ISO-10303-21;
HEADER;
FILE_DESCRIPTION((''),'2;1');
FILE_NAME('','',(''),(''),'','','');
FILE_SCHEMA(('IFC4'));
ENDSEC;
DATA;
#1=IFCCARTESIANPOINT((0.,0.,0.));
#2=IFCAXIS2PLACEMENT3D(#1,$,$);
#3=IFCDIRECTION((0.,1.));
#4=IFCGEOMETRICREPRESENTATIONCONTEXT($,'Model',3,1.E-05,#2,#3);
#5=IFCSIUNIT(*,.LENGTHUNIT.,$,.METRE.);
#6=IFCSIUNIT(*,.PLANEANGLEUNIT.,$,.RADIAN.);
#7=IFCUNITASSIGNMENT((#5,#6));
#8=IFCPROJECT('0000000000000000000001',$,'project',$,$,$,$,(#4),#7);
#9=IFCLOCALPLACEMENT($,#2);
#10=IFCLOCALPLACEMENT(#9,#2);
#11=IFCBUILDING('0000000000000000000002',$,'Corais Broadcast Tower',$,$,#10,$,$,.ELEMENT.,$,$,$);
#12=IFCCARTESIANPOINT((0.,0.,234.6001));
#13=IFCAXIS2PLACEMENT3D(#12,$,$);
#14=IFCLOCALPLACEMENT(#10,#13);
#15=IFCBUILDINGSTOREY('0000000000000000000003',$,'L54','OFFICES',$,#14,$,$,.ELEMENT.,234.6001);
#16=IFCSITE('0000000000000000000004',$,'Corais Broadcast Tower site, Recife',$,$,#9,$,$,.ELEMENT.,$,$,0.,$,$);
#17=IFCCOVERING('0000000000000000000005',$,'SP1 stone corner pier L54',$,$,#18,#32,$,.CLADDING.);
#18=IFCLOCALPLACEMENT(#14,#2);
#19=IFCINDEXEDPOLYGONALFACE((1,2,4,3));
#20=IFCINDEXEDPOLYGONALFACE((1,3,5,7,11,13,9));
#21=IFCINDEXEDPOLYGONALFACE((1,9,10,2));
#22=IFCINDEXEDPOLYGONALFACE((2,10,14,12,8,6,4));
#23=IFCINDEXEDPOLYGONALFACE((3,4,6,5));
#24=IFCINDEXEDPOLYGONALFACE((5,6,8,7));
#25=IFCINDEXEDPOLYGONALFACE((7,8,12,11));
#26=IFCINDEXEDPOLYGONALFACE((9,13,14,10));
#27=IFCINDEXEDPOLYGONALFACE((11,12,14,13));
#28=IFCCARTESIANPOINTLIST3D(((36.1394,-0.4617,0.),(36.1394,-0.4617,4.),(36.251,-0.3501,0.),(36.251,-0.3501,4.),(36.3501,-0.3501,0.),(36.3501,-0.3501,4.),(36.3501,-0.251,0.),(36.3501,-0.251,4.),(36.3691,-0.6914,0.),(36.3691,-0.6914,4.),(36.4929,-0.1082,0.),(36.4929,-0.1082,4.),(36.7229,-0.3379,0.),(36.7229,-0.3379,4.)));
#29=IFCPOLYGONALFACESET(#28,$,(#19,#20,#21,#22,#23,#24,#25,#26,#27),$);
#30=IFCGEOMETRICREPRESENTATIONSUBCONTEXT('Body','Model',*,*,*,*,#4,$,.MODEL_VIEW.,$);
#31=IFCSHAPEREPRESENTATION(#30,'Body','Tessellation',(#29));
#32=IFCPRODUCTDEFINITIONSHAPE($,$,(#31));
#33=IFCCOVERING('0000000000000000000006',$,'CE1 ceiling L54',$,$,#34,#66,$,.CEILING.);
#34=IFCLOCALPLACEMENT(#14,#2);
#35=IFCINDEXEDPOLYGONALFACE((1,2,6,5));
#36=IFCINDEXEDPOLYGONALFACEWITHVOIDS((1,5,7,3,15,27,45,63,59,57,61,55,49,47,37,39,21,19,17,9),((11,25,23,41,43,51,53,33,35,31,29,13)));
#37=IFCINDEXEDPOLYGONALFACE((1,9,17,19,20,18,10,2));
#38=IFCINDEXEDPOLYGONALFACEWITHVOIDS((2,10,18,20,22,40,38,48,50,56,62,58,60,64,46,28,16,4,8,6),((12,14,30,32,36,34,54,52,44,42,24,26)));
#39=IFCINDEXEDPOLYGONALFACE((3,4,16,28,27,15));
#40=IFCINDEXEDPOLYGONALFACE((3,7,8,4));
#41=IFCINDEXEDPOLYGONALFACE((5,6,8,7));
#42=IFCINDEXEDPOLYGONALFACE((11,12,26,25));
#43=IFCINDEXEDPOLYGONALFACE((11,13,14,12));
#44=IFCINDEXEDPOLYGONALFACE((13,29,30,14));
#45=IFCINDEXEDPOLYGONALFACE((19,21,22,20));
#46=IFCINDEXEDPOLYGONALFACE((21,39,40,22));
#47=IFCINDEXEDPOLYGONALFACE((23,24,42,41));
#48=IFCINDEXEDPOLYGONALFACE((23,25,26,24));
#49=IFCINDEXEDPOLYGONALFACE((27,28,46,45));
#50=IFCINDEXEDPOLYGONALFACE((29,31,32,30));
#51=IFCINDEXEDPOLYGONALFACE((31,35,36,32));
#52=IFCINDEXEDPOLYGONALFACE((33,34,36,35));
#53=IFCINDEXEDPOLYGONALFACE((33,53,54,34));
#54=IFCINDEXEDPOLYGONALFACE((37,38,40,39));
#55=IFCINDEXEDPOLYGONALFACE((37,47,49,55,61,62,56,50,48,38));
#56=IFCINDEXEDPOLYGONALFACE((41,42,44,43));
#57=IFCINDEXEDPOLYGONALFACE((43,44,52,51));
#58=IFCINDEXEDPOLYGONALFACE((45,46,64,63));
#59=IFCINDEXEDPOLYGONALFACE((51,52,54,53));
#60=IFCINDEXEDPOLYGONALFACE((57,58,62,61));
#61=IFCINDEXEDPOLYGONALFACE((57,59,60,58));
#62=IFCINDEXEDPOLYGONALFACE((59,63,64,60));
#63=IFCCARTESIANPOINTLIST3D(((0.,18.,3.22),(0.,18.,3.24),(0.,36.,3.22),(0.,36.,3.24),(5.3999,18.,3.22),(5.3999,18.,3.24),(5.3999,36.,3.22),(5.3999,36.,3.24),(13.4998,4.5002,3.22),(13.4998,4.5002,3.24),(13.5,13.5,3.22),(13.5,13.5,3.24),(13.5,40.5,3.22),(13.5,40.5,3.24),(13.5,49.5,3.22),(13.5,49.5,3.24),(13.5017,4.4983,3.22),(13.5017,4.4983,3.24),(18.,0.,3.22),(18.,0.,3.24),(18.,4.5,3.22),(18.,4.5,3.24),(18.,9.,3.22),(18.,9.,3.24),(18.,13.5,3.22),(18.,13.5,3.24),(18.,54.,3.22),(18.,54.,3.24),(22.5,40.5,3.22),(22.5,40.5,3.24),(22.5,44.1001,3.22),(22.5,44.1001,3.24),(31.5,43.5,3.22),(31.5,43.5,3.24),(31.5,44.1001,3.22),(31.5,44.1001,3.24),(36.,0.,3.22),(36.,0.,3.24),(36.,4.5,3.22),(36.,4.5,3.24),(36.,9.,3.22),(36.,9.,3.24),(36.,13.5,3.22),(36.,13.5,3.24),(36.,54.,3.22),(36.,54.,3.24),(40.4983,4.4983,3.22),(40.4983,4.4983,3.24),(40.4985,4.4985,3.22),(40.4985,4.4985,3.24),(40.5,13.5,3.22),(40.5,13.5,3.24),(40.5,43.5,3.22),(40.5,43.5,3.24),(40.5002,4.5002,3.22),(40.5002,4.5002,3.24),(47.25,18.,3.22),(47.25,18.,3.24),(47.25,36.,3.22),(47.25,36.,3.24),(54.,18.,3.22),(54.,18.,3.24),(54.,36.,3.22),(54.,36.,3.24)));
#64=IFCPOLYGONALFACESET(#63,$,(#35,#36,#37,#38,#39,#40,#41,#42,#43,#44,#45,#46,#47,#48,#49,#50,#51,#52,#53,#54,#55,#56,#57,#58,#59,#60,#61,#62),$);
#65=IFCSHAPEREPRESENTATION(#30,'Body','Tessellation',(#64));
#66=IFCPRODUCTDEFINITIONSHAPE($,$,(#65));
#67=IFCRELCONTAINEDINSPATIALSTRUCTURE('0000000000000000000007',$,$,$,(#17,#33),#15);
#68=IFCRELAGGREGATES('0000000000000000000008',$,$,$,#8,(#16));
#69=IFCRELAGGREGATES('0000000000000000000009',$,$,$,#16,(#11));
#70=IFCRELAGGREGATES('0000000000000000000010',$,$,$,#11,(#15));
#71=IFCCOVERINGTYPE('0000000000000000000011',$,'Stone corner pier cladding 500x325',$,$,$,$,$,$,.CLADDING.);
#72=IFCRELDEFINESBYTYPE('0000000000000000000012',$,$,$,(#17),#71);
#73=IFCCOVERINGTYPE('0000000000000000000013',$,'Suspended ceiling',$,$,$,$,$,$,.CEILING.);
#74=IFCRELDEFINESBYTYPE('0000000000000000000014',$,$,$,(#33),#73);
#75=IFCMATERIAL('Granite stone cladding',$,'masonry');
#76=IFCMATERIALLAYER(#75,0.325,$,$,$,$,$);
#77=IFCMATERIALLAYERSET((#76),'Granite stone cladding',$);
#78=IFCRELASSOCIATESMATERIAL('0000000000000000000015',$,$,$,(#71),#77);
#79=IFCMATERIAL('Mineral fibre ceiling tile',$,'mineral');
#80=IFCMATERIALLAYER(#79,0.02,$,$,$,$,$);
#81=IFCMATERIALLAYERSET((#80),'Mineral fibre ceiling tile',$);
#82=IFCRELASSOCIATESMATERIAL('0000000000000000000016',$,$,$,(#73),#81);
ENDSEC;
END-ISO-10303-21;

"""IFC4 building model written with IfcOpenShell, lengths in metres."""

from ifc_helpers import new_model, si_unit, direction, frame, origin, place, context, subcontext, project, spatial, polyline, outline, extrude, material, layer, layer_set, type_object, element, save


model = new_model("IFC4")

# Units and contexts
model_context = context("Model", 3, precision=1e-05, world=origin(), true_north=direction((0.0, 1.0)))
body_context = subcontext(model_context, "Body", "Model", "MODEL_VIEW")
ifc_project = project(units=[si_unit("LENGTHUNIT", "METRE"), si_unit("PLANEANGLEUNIT", "RADIAN")], contexts=[model_context])

# Site, building, storey
site_placement = place(None, origin())
site = spatial("IfcSite", under=ifc_project, at=site_placement, Name="Corais Broadcast Tower site, Recife", CompositionType="ELEMENT", RefElevation=0.0)
building_placement = place(site_placement, origin())
building = spatial("IfcBuilding", under=site, at=building_placement, Name="Corais Broadcast Tower", CompositionType="ELEMENT")
storey_placement = place(building_placement, frame((0.0, 0.0, 234.6001)))
storey = spatial("IfcBuildingStorey", under=building, at=storey_placement, Name="L54", Description="OFFICES", CompositionType="ELEMENT", Elevation=234.6001)

# Coverings
ifc_material_1 = material(Name="Granite stone cladding", Category="masonry")
ifc_layer_1 = layer(ifc_material_1, 0.325)
ifc_layer_set_1 = layer_set([ifc_layer_1], Name="Granite stone cladding")
covering_type_1 = type_object("IfcCoveringType", Name="Stone corner pier cladding 500x325", PredefinedType="CLADDING", material=ifc_layer_set_1)
covering_1_placement = place(storey_placement, origin())
element("IfcCovering", 1, at=covering_1_placement, inside=storey, type_object=covering_type_1, Name="SP1 stone corner pier L54", PredefinedType="CLADDING", context=body_context, shape_type="SweptSolid", body=[
    extrude(outline(polyline([(36.251, -0.3501), (36.1394, -0.4617), (36.3691, -0.6914), (36.7229, -0.3379), (36.4929, -0.1082), (36.3501, -0.251), (36.3501, -0.3501), (36.251, -0.3501)])), origin(), (0.0, 0.0, 1.0), 4.0),
])
ifc_material_2 = material(Name="Mineral fibre ceiling tile", Category="mineral")
ifc_layer_2 = layer(ifc_material_2, 0.02)
ifc_layer_set_2 = layer_set([ifc_layer_2], Name="Mineral fibre ceiling tile")
covering_type_2 = type_object("IfcCoveringType", Name="Suspended ceiling", PredefinedType="CEILING", material=ifc_layer_set_2)
covering_2_placement = place(storey_placement, frame((0.0, 0.0, 3.22)))
element("IfcCovering", 2, at=covering_2_placement, inside=storey, type_object=covering_type_2, Name="CE1 ceiling L54", PredefinedType="CEILING", context=body_context, shape_type="SweptSolid", body=[
    extrude(outline(polyline([(13.5, 49.5), (13.5, 49.5), (18.0, 54.0), (36.0, 54.0), (54.0, 36.0), (47.25, 36.0), (47.25, 18.0), (54.0, 18.0), (40.5002, 4.5002), (40.4985, 4.4985), (40.4983, 4.4983), (36.0, 0.0), (36.0, 4.5), (18.0, 4.5), (18.0, 0.0), (13.5017, 4.4983), (13.4998, 4.5002), (0.0, 18.0), (5.3999, 18.0), (5.3999, 36.0), (0.0, 36.0), (13.5, 49.5)]), holes=[polyline([(40.5, 43.5), (31.5, 43.5), (31.5, 44.1001), (22.5, 44.1001), (22.5, 40.5), (13.5, 40.5), (13.5, 13.5), (18.0, 13.5), (18.0, 9.0), (36.0, 9.0), (36.0, 13.5), (40.5, 13.5), (40.5, 43.5)])]), origin(), (0.0, 0.0, 1.0), 0.02),
])

save(model, "model.ifc")
